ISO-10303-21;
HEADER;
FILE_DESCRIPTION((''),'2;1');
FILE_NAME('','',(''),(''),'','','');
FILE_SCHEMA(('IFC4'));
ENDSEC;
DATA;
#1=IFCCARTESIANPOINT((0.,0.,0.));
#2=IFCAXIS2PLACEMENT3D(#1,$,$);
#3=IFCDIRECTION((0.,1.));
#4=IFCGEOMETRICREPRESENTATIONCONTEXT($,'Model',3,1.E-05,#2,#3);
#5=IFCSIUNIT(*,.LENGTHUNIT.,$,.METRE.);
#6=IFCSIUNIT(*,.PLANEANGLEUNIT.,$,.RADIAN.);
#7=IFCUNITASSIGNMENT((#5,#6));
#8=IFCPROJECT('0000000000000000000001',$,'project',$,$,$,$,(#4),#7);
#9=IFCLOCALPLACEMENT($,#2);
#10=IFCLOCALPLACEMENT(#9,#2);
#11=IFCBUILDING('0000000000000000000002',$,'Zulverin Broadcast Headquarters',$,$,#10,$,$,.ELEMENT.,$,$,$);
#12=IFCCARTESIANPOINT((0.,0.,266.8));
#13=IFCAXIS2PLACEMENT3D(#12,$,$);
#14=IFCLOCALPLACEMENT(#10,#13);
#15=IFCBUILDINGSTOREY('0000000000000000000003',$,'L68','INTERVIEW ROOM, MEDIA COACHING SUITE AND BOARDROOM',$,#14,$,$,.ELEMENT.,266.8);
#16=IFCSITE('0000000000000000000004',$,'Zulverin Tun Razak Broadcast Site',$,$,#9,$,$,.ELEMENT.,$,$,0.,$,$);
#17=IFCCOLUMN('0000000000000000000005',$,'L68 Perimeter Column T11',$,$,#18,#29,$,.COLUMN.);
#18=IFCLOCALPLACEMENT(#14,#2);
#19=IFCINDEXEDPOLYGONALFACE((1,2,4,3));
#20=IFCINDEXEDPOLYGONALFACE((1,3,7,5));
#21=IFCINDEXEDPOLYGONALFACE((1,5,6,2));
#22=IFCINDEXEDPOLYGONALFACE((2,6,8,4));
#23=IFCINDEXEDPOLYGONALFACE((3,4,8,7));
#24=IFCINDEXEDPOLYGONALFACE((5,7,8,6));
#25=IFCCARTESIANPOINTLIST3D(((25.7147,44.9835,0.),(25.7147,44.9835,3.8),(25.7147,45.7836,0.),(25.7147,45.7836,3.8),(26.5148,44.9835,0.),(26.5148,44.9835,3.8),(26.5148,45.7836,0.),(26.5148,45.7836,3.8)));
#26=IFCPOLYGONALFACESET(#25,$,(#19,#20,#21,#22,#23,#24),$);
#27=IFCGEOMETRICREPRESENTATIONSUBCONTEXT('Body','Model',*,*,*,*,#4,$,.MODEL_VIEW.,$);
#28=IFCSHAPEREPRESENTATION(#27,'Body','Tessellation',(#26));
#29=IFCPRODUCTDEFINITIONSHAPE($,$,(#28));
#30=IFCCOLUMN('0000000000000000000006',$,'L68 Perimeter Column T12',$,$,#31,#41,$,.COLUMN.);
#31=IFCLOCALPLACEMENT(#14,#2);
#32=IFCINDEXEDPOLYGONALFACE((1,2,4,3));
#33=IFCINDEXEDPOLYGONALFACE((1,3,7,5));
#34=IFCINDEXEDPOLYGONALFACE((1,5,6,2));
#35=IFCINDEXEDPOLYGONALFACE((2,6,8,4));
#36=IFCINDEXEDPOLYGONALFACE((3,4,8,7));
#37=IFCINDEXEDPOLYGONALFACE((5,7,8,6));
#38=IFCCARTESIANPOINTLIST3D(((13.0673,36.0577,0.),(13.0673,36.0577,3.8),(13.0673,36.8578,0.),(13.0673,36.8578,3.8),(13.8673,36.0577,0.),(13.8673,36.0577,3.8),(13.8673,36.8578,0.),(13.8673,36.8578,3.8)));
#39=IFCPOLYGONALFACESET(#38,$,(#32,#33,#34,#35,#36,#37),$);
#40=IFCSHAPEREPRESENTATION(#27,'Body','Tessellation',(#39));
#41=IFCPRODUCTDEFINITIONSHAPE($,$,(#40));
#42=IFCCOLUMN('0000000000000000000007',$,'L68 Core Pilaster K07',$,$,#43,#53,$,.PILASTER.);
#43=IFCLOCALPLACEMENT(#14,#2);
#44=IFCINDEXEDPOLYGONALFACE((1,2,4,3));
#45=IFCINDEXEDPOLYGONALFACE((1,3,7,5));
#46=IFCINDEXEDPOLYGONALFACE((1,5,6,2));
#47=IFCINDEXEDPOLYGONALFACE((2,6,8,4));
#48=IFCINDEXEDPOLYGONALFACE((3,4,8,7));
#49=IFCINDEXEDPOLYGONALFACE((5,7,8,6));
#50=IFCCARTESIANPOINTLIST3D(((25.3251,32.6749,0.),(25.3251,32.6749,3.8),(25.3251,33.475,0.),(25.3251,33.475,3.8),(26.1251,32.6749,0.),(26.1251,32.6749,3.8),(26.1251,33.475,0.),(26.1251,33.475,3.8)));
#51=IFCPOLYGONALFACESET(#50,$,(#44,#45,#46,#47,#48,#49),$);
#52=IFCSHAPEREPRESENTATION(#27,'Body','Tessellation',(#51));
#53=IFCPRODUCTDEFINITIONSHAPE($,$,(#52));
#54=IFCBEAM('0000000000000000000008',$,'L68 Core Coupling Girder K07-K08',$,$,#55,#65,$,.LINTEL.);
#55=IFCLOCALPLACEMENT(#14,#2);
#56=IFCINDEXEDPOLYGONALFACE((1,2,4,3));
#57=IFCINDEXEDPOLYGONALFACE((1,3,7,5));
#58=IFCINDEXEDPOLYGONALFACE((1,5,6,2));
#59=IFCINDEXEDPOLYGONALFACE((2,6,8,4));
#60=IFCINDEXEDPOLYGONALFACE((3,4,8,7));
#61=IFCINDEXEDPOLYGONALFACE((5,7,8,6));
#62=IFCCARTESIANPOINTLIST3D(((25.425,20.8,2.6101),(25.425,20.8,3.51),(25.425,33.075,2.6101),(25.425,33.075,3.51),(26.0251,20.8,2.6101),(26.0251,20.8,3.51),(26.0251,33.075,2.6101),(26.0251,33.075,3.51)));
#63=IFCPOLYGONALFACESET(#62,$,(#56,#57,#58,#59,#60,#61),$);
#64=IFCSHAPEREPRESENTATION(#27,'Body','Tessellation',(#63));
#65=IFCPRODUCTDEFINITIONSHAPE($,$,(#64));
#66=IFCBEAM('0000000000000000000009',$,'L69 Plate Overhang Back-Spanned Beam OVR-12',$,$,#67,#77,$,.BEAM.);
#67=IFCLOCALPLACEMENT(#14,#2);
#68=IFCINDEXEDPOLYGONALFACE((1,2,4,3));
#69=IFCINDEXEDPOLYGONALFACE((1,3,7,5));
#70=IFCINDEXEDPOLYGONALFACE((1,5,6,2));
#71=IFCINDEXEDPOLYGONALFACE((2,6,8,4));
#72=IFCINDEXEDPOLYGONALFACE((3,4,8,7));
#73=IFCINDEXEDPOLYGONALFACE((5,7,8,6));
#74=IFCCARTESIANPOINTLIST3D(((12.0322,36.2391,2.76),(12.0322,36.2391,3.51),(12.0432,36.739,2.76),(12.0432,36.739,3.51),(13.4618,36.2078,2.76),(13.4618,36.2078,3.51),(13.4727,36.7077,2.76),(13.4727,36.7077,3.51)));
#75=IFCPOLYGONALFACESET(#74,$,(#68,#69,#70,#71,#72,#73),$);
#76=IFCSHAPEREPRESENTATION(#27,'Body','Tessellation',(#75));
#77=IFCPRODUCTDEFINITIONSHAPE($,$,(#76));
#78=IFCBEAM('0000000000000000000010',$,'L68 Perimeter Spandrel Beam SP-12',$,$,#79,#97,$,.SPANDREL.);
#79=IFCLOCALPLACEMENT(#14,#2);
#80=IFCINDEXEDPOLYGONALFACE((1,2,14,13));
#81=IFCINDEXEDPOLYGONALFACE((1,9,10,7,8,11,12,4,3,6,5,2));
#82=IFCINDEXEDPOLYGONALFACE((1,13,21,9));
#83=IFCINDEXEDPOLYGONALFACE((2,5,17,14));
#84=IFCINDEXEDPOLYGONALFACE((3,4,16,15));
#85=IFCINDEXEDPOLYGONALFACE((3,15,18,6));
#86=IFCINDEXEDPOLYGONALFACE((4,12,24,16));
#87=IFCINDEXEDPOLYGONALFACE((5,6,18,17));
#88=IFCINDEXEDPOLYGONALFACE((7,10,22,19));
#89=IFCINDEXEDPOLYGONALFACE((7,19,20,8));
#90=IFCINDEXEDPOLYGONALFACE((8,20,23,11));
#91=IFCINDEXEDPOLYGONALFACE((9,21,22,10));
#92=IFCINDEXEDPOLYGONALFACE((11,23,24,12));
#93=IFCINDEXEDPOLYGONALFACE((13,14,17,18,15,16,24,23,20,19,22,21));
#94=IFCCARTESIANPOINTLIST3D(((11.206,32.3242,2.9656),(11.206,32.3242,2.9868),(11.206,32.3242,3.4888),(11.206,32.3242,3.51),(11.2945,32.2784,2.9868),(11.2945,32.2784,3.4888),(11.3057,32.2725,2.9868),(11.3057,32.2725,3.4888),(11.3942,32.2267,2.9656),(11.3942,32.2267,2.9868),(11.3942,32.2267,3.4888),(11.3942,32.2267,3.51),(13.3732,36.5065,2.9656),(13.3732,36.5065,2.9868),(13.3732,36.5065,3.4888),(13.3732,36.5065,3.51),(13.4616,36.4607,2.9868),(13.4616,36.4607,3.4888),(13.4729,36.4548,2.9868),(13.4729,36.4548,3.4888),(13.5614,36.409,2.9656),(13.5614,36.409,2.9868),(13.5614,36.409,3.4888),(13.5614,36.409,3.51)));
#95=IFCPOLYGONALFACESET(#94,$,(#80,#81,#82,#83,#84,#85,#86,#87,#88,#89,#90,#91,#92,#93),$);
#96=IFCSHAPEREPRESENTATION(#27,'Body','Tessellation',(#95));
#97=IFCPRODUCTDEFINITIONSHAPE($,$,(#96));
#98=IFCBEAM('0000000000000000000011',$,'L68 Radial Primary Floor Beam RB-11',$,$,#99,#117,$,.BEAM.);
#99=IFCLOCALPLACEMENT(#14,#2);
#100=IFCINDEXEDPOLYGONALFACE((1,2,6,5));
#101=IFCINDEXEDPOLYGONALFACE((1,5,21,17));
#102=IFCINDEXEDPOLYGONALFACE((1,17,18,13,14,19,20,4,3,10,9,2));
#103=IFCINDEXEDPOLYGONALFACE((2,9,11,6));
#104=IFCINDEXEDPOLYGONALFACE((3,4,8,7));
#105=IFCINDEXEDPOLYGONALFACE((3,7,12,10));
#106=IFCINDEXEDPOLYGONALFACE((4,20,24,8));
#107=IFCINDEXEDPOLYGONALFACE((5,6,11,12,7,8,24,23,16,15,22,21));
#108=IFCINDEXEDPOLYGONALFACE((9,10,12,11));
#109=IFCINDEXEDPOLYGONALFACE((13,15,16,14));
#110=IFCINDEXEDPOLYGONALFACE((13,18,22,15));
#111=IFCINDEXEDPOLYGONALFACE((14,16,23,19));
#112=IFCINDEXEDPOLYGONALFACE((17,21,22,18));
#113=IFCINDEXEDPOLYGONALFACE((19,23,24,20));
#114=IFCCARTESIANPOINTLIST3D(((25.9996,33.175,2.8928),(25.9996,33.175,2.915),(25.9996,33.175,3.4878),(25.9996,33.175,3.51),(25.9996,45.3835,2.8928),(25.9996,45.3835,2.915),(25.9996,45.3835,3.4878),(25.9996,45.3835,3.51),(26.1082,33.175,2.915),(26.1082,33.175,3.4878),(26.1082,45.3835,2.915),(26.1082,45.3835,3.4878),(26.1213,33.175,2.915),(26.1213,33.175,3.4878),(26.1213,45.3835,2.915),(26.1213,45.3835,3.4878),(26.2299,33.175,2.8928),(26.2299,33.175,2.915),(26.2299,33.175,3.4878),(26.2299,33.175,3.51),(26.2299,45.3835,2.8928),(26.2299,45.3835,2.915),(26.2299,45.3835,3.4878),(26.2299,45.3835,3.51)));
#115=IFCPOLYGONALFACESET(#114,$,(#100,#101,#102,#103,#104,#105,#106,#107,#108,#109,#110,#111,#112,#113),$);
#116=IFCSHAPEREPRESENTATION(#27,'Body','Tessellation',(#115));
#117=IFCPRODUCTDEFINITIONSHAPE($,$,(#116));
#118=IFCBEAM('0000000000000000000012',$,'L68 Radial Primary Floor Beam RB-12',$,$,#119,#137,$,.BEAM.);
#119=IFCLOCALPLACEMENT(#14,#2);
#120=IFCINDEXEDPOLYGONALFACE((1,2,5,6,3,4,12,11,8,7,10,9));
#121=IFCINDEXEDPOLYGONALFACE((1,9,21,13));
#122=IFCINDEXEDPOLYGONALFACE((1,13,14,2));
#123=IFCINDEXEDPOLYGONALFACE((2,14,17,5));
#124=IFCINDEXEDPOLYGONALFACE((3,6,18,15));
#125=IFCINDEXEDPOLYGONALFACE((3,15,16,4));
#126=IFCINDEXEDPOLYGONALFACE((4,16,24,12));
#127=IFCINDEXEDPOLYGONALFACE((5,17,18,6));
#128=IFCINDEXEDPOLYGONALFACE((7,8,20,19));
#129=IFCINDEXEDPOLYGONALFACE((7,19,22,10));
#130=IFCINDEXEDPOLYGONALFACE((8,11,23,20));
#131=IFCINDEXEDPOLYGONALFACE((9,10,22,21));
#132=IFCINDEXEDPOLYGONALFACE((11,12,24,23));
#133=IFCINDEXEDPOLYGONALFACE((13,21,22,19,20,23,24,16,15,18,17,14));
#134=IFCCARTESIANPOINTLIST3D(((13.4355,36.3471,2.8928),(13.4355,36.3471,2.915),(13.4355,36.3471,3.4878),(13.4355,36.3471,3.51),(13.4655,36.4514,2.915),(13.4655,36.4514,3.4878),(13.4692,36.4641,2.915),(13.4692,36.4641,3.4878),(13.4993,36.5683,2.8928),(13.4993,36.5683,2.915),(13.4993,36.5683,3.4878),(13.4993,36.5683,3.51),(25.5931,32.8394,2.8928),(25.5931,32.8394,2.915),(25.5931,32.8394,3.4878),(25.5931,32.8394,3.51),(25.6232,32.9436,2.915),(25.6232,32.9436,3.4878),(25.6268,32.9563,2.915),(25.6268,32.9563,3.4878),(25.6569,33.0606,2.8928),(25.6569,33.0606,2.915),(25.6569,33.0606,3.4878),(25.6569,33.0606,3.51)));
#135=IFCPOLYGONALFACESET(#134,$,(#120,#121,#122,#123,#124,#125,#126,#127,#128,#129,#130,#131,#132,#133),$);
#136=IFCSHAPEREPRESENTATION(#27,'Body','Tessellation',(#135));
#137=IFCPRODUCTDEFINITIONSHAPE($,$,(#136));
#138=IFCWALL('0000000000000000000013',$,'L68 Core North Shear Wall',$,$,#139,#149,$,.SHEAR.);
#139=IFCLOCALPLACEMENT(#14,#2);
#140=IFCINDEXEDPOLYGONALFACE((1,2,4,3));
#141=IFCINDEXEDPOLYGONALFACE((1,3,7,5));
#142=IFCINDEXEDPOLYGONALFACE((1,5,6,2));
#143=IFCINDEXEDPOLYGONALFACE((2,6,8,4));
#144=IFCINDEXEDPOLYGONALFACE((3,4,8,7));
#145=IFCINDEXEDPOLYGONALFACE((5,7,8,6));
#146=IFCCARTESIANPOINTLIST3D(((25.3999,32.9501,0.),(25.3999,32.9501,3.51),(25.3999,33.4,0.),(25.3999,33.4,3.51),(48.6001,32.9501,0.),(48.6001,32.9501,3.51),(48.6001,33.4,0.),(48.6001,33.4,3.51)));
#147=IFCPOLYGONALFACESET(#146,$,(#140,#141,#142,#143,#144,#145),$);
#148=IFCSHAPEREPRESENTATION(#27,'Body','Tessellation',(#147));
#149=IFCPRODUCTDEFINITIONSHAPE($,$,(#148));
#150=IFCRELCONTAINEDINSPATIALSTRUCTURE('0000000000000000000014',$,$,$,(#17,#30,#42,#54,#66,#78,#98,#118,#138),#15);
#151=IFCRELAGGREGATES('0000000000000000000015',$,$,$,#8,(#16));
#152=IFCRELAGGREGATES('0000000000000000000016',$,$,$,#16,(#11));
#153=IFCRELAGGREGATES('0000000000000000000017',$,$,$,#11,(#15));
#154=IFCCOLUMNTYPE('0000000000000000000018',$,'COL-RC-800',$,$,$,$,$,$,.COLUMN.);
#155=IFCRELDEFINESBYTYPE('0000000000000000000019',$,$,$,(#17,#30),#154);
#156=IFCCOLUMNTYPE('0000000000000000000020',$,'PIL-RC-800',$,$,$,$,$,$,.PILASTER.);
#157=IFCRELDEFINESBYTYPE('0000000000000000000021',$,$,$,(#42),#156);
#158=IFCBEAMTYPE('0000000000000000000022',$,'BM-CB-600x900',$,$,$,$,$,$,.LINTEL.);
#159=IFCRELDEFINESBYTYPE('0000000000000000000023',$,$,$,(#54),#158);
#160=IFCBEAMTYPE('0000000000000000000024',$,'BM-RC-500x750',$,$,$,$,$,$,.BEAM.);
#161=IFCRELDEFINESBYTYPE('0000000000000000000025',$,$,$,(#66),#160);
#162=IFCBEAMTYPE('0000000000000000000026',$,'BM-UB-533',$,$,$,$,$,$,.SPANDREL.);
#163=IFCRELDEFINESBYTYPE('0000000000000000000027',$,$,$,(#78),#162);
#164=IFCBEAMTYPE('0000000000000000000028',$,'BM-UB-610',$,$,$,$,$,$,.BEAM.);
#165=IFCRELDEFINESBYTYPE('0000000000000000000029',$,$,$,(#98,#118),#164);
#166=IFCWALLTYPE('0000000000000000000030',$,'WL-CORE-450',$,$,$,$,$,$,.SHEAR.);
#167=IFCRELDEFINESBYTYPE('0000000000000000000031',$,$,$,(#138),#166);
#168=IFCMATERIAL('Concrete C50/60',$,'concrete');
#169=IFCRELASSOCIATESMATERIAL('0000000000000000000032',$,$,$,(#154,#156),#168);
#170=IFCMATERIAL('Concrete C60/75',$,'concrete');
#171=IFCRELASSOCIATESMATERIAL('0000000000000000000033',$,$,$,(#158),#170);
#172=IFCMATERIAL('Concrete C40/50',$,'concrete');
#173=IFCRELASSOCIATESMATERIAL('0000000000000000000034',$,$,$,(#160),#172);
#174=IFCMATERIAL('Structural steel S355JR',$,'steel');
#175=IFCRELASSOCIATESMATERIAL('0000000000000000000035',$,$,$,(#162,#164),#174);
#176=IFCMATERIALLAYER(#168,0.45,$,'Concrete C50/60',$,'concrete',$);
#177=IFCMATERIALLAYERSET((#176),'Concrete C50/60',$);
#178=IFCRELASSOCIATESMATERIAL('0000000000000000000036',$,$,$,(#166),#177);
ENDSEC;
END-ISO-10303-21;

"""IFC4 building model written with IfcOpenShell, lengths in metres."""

from ifc_helpers import new_model, si_unit, direction, frame, frame_2d, origin, origin_2d, place, context, subcontext, project, spatial, rectangle, i_section, extrude, material, layer, layer_set, material_profile, profile_set, type_object, element, save


model = new_model("IFC4")

# Units and contexts
model_context = context("Model", 3, precision=1e-05, world=origin(), true_north=direction((0.0, 1.0)))
body_context = subcontext(model_context, "Body", "Model", "MODEL_VIEW")
ifc_project = project(units=[si_unit("LENGTHUNIT", "METRE"), si_unit("PLANEANGLEUNIT", "RADIAN")], contexts=[model_context])

# Site, building, storey
site_placement = place(None, origin())
site = spatial("IfcSite", under=ifc_project, at=site_placement, Name="Zulverin Tun Razak Broadcast Site", CompositionType="ELEMENT", RefElevation=0.0)
building_placement = place(site_placement, origin())
building = spatial("IfcBuilding", under=site, at=building_placement, Name="Zulverin Broadcast Headquarters", CompositionType="ELEMENT")
storey_placement = place(building_placement, frame((0.0, 0.0, 266.8)))
storey = spatial("IfcBuildingStorey", under=building, at=storey_placement, Name="L68", Description="INTERVIEW ROOM, MEDIA COACHING SUITE AND BOARDROOM", CompositionType="ELEMENT", Elevation=266.8)

# Columns
ifc_material_1 = material(Name="Concrete C50/60", Category="concrete")
ifc_material_profile_1 = material_profile(ifc_material_1, rectangle(XDim=0.8, YDim=0.8, at=origin_2d()), Name="Concrete C50/60", Category="concrete")
ifc_profile_set_1 = profile_set([ifc_material_profile_1], Name="Concrete C50/60")
column_type_1 = type_object("IfcColumnType", Name="COL-RC-800", PredefinedType="COLUMN", material=ifc_profile_set_1)
for number, where, z_axis, x_axis, name in (
    (1, (26.1147, 45.3835, 0.0), (0.0, 0.0, 1.0), (1.0, 0.0, 0.0), "L68 Perimeter Column T11"),
    (2, (13.4673, 36.4578, 0.0), (0.0, 0.0, 1.0), (1.0, 0.0, 0.0), "L68 Perimeter Column T12"),
):
    element("IfcColumn", number, at=place(storey_placement, frame(where, z_axis=z_axis, x_axis=x_axis)), inside=storey, type_object=column_type_1, Name=name, PredefinedType="COLUMN", context=body_context, shape_type="SweptSolid", body=[
        extrude(rectangle(XDim=0.8, YDim=0.8, at=origin_2d()), origin(), (0.0, 0.0, 1.0), 3.8),
    ])
ifc_material_profile_2 = material_profile(ifc_material_1, rectangle(XDim=0.8, YDim=0.8, at=origin_2d()), Name="Concrete C50/60", Category="concrete")
ifc_profile_set_2 = profile_set([ifc_material_profile_2], Name="Concrete C50/60")
column_type_2 = type_object("IfcColumnType", Name="PIL-RC-800", PredefinedType="PILASTER", material=ifc_profile_set_2)
column_placement = place(storey_placement, frame((25.7251, 33.075, 0.0), z_axis=(0.0, 0.0, 1.0), x_axis=(1.0, 0.0, 0.0)))
element("IfcColumn", 3, at=column_placement, inside=storey, type_object=column_type_2, Name="L68 Core Pilaster K07", PredefinedType="PILASTER", context=body_context, shape_type="SweptSolid", body=[
    extrude(rectangle(XDim=0.8, YDim=0.8, at=origin_2d()), origin(), (0.0, 0.0, 1.0), 3.8),
])

# Beams
ifc_material_2 = material(Name="Concrete C60/75", Category="concrete")
ifc_material_profile_3 = material_profile(ifc_material_2, rectangle(XDim=0.6001, YDim=0.8999, at=origin_2d()), Name="Concrete C60/75", Category="concrete")
ifc_profile_set_3 = profile_set([ifc_material_profile_3], Name="Concrete C60/75")
beam_type_1 = type_object("IfcBeamType", Name="BM-CB-600x900", PredefinedType="LINTEL", material=ifc_profile_set_3)
beam_1_placement = place(storey_placement, frame((25.7251, 33.075, 3.0601), z_axis=(0.0, -1.0, 0.0), x_axis=(1.0, 0.0, 0.0)))
element("IfcBeam", 4, at=beam_1_placement, inside=storey, type_object=beam_type_1, Name="L68 Core Coupling Girder K07-K08", PredefinedType="LINTEL", context=body_context, shape_type="SweptSolid", body=[
    extrude(rectangle(XDim=0.6001, YDim=0.8999, at=origin_2d()), origin(), (0.0, 0.0, 1.0), 12.2749),
])
ifc_material_3 = material(Name="Concrete C40/50", Category="concrete")
ifc_material_profile_4 = material_profile(ifc_material_3, rectangle(XDim=0.5, YDim=0.75, at=origin_2d()), Name="Concrete C40/50", Category="concrete")
ifc_profile_set_4 = profile_set([ifc_material_profile_4], Name="Concrete C40/50")
beam_type_2 = type_object("IfcBeamType", Name="BM-RC-500x750", PredefinedType="BEAM", material=ifc_profile_set_4)
beam_2_placement = place(storey_placement, frame((13.4673, 36.4578, 3.135), z_axis=(-0.999761, 0.021853, 0.0), x_axis=(-0.021853, -0.999761, 0.0)))
element("IfcBeam", 5, at=beam_2_placement, inside=storey, type_object=beam_type_2, Name="L69 Plate Overhang Back-Spanned Beam OVR-12", PredefinedType="BEAM", context=body_context, shape_type="SweptSolid", body=[
    extrude(rectangle(XDim=0.5, YDim=0.75, at=origin_2d()), origin(), (0.0, 0.0, 1.0), 1.4299),
])
ifc_material_4 = material(Name="Structural steel S355JR", Category="steel")
ifc_material_profile_5 = material_profile(ifc_material_4, i_section(OverallWidth=0.2119, OverallDepth=0.5444, WebThickness=0.0127, FlangeThickness=0.0212, at=origin_2d()), Name="Structural steel S355JR", Category="steel")
ifc_profile_set_5 = profile_set([ifc_material_profile_5], Name="Structural steel S355JR")
beam_type_3 = type_object("IfcBeamType", Name="BM-UB-533", PredefinedType="SPANDREL", material=ifc_profile_set_5)
beam_3_placement = place(storey_placement, frame((13.4673, 36.4578, 3.2378), z_axis=(-0.460083, -0.887876, 0.0), x_axis=(0.887876, -0.460083, 0.0)))
element("IfcBeam", 6, at=beam_3_placement, inside=storey, type_object=beam_type_3, Name="L68 Perimeter Spandrel Beam SP-12", PredefinedType="SPANDREL", context=body_context, shape_type="SweptSolid", body=[
    extrude(i_section(OverallWidth=0.2119, OverallDepth=0.5444, WebThickness=0.0127, FlangeThickness=0.0212, at=origin_2d()), origin(), (0.0, 0.0, 1.0), 4.7104),
])
ifc_material_profile_6 = material_profile(ifc_material_4, i_section(OverallWidth=0.2302, OverallDepth=0.6172, WebThickness=0.0132, FlangeThickness=0.0222, at=origin_2d()), Name="Structural steel S355JR", Category="steel")
ifc_profile_set_6 = profile_set([ifc_material_profile_6], Name="Structural steel S355JR")
beam_type_4 = type_object("IfcBeamType", Name="BM-UB-610", PredefinedType="BEAM", material=ifc_profile_set_6)
beam_4_placement = place(storey_placement, frame((26.1147, 33.175, 3.2014), z_axis=(0.0, 1.0, 0.0), x_axis=(-1.0, 0.0, 0.0)))
element("IfcBeam", 7, at=beam_4_placement, inside=storey, type_object=beam_type_4, Name="L68 Radial Primary Floor Beam RB-11", PredefinedType="BEAM", context=body_context, shape_type="SweptSolid", body=[
    extrude(i_section(OverallWidth=0.2302, OverallDepth=0.6172, WebThickness=0.0132, FlangeThickness=0.0222, at=origin_2d()), origin(), (0.0, 0.0, 1.0), 12.2085),
])
beam_5_placement = place(storey_placement, frame((25.625, 32.95, 3.2014), z_axis=(-0.960807, 0.277218, 0.0), x_axis=(-0.277218, -0.960807, 0.0)))
element("IfcBeam", 8, at=beam_5_placement, inside=storey, type_object=beam_type_4, Name="L68 Radial Primary Floor Beam RB-12", PredefinedType="BEAM", context=body_context, shape_type="SweptSolid", body=[
    extrude(i_section(OverallWidth=0.2302, OverallDepth=0.6172, WebThickness=0.0132, FlangeThickness=0.0222, at=origin_2d()), origin(), (0.0, 0.0, 1.0), 12.6536),
])

# Wall
ifc_layer_1 = layer(ifc_material_1, 0.45, Name="Concrete C50/60", Category="concrete")
ifc_layer_set_1 = layer_set([ifc_layer_1], Name="Concrete C50/60")
wall_type_1 = type_object("IfcWallType", Name="WL-CORE-450", PredefinedType="SHEAR", material=ifc_layer_set_1)
wall_1_placement = place(storey_placement, frame((25.3999, 33.175, 0.0), z_axis=(0.0, 0.0, 1.0), x_axis=(1.0, 0.0, 0.0)))
element("IfcWall", 9, at=wall_1_placement, inside=storey, type_object=wall_type_1, Name="L68 Core North Shear Wall", PredefinedType="SHEAR", context=body_context, shape_type="SweptSolid", body=[
    extrude(rectangle(XDim=23.2002, YDim=0.45, at=frame_2d((11.6001, 0.0))), origin(), (0.0, 0.0, 1.0), 3.51),
])

save(model, "model.ifc")
